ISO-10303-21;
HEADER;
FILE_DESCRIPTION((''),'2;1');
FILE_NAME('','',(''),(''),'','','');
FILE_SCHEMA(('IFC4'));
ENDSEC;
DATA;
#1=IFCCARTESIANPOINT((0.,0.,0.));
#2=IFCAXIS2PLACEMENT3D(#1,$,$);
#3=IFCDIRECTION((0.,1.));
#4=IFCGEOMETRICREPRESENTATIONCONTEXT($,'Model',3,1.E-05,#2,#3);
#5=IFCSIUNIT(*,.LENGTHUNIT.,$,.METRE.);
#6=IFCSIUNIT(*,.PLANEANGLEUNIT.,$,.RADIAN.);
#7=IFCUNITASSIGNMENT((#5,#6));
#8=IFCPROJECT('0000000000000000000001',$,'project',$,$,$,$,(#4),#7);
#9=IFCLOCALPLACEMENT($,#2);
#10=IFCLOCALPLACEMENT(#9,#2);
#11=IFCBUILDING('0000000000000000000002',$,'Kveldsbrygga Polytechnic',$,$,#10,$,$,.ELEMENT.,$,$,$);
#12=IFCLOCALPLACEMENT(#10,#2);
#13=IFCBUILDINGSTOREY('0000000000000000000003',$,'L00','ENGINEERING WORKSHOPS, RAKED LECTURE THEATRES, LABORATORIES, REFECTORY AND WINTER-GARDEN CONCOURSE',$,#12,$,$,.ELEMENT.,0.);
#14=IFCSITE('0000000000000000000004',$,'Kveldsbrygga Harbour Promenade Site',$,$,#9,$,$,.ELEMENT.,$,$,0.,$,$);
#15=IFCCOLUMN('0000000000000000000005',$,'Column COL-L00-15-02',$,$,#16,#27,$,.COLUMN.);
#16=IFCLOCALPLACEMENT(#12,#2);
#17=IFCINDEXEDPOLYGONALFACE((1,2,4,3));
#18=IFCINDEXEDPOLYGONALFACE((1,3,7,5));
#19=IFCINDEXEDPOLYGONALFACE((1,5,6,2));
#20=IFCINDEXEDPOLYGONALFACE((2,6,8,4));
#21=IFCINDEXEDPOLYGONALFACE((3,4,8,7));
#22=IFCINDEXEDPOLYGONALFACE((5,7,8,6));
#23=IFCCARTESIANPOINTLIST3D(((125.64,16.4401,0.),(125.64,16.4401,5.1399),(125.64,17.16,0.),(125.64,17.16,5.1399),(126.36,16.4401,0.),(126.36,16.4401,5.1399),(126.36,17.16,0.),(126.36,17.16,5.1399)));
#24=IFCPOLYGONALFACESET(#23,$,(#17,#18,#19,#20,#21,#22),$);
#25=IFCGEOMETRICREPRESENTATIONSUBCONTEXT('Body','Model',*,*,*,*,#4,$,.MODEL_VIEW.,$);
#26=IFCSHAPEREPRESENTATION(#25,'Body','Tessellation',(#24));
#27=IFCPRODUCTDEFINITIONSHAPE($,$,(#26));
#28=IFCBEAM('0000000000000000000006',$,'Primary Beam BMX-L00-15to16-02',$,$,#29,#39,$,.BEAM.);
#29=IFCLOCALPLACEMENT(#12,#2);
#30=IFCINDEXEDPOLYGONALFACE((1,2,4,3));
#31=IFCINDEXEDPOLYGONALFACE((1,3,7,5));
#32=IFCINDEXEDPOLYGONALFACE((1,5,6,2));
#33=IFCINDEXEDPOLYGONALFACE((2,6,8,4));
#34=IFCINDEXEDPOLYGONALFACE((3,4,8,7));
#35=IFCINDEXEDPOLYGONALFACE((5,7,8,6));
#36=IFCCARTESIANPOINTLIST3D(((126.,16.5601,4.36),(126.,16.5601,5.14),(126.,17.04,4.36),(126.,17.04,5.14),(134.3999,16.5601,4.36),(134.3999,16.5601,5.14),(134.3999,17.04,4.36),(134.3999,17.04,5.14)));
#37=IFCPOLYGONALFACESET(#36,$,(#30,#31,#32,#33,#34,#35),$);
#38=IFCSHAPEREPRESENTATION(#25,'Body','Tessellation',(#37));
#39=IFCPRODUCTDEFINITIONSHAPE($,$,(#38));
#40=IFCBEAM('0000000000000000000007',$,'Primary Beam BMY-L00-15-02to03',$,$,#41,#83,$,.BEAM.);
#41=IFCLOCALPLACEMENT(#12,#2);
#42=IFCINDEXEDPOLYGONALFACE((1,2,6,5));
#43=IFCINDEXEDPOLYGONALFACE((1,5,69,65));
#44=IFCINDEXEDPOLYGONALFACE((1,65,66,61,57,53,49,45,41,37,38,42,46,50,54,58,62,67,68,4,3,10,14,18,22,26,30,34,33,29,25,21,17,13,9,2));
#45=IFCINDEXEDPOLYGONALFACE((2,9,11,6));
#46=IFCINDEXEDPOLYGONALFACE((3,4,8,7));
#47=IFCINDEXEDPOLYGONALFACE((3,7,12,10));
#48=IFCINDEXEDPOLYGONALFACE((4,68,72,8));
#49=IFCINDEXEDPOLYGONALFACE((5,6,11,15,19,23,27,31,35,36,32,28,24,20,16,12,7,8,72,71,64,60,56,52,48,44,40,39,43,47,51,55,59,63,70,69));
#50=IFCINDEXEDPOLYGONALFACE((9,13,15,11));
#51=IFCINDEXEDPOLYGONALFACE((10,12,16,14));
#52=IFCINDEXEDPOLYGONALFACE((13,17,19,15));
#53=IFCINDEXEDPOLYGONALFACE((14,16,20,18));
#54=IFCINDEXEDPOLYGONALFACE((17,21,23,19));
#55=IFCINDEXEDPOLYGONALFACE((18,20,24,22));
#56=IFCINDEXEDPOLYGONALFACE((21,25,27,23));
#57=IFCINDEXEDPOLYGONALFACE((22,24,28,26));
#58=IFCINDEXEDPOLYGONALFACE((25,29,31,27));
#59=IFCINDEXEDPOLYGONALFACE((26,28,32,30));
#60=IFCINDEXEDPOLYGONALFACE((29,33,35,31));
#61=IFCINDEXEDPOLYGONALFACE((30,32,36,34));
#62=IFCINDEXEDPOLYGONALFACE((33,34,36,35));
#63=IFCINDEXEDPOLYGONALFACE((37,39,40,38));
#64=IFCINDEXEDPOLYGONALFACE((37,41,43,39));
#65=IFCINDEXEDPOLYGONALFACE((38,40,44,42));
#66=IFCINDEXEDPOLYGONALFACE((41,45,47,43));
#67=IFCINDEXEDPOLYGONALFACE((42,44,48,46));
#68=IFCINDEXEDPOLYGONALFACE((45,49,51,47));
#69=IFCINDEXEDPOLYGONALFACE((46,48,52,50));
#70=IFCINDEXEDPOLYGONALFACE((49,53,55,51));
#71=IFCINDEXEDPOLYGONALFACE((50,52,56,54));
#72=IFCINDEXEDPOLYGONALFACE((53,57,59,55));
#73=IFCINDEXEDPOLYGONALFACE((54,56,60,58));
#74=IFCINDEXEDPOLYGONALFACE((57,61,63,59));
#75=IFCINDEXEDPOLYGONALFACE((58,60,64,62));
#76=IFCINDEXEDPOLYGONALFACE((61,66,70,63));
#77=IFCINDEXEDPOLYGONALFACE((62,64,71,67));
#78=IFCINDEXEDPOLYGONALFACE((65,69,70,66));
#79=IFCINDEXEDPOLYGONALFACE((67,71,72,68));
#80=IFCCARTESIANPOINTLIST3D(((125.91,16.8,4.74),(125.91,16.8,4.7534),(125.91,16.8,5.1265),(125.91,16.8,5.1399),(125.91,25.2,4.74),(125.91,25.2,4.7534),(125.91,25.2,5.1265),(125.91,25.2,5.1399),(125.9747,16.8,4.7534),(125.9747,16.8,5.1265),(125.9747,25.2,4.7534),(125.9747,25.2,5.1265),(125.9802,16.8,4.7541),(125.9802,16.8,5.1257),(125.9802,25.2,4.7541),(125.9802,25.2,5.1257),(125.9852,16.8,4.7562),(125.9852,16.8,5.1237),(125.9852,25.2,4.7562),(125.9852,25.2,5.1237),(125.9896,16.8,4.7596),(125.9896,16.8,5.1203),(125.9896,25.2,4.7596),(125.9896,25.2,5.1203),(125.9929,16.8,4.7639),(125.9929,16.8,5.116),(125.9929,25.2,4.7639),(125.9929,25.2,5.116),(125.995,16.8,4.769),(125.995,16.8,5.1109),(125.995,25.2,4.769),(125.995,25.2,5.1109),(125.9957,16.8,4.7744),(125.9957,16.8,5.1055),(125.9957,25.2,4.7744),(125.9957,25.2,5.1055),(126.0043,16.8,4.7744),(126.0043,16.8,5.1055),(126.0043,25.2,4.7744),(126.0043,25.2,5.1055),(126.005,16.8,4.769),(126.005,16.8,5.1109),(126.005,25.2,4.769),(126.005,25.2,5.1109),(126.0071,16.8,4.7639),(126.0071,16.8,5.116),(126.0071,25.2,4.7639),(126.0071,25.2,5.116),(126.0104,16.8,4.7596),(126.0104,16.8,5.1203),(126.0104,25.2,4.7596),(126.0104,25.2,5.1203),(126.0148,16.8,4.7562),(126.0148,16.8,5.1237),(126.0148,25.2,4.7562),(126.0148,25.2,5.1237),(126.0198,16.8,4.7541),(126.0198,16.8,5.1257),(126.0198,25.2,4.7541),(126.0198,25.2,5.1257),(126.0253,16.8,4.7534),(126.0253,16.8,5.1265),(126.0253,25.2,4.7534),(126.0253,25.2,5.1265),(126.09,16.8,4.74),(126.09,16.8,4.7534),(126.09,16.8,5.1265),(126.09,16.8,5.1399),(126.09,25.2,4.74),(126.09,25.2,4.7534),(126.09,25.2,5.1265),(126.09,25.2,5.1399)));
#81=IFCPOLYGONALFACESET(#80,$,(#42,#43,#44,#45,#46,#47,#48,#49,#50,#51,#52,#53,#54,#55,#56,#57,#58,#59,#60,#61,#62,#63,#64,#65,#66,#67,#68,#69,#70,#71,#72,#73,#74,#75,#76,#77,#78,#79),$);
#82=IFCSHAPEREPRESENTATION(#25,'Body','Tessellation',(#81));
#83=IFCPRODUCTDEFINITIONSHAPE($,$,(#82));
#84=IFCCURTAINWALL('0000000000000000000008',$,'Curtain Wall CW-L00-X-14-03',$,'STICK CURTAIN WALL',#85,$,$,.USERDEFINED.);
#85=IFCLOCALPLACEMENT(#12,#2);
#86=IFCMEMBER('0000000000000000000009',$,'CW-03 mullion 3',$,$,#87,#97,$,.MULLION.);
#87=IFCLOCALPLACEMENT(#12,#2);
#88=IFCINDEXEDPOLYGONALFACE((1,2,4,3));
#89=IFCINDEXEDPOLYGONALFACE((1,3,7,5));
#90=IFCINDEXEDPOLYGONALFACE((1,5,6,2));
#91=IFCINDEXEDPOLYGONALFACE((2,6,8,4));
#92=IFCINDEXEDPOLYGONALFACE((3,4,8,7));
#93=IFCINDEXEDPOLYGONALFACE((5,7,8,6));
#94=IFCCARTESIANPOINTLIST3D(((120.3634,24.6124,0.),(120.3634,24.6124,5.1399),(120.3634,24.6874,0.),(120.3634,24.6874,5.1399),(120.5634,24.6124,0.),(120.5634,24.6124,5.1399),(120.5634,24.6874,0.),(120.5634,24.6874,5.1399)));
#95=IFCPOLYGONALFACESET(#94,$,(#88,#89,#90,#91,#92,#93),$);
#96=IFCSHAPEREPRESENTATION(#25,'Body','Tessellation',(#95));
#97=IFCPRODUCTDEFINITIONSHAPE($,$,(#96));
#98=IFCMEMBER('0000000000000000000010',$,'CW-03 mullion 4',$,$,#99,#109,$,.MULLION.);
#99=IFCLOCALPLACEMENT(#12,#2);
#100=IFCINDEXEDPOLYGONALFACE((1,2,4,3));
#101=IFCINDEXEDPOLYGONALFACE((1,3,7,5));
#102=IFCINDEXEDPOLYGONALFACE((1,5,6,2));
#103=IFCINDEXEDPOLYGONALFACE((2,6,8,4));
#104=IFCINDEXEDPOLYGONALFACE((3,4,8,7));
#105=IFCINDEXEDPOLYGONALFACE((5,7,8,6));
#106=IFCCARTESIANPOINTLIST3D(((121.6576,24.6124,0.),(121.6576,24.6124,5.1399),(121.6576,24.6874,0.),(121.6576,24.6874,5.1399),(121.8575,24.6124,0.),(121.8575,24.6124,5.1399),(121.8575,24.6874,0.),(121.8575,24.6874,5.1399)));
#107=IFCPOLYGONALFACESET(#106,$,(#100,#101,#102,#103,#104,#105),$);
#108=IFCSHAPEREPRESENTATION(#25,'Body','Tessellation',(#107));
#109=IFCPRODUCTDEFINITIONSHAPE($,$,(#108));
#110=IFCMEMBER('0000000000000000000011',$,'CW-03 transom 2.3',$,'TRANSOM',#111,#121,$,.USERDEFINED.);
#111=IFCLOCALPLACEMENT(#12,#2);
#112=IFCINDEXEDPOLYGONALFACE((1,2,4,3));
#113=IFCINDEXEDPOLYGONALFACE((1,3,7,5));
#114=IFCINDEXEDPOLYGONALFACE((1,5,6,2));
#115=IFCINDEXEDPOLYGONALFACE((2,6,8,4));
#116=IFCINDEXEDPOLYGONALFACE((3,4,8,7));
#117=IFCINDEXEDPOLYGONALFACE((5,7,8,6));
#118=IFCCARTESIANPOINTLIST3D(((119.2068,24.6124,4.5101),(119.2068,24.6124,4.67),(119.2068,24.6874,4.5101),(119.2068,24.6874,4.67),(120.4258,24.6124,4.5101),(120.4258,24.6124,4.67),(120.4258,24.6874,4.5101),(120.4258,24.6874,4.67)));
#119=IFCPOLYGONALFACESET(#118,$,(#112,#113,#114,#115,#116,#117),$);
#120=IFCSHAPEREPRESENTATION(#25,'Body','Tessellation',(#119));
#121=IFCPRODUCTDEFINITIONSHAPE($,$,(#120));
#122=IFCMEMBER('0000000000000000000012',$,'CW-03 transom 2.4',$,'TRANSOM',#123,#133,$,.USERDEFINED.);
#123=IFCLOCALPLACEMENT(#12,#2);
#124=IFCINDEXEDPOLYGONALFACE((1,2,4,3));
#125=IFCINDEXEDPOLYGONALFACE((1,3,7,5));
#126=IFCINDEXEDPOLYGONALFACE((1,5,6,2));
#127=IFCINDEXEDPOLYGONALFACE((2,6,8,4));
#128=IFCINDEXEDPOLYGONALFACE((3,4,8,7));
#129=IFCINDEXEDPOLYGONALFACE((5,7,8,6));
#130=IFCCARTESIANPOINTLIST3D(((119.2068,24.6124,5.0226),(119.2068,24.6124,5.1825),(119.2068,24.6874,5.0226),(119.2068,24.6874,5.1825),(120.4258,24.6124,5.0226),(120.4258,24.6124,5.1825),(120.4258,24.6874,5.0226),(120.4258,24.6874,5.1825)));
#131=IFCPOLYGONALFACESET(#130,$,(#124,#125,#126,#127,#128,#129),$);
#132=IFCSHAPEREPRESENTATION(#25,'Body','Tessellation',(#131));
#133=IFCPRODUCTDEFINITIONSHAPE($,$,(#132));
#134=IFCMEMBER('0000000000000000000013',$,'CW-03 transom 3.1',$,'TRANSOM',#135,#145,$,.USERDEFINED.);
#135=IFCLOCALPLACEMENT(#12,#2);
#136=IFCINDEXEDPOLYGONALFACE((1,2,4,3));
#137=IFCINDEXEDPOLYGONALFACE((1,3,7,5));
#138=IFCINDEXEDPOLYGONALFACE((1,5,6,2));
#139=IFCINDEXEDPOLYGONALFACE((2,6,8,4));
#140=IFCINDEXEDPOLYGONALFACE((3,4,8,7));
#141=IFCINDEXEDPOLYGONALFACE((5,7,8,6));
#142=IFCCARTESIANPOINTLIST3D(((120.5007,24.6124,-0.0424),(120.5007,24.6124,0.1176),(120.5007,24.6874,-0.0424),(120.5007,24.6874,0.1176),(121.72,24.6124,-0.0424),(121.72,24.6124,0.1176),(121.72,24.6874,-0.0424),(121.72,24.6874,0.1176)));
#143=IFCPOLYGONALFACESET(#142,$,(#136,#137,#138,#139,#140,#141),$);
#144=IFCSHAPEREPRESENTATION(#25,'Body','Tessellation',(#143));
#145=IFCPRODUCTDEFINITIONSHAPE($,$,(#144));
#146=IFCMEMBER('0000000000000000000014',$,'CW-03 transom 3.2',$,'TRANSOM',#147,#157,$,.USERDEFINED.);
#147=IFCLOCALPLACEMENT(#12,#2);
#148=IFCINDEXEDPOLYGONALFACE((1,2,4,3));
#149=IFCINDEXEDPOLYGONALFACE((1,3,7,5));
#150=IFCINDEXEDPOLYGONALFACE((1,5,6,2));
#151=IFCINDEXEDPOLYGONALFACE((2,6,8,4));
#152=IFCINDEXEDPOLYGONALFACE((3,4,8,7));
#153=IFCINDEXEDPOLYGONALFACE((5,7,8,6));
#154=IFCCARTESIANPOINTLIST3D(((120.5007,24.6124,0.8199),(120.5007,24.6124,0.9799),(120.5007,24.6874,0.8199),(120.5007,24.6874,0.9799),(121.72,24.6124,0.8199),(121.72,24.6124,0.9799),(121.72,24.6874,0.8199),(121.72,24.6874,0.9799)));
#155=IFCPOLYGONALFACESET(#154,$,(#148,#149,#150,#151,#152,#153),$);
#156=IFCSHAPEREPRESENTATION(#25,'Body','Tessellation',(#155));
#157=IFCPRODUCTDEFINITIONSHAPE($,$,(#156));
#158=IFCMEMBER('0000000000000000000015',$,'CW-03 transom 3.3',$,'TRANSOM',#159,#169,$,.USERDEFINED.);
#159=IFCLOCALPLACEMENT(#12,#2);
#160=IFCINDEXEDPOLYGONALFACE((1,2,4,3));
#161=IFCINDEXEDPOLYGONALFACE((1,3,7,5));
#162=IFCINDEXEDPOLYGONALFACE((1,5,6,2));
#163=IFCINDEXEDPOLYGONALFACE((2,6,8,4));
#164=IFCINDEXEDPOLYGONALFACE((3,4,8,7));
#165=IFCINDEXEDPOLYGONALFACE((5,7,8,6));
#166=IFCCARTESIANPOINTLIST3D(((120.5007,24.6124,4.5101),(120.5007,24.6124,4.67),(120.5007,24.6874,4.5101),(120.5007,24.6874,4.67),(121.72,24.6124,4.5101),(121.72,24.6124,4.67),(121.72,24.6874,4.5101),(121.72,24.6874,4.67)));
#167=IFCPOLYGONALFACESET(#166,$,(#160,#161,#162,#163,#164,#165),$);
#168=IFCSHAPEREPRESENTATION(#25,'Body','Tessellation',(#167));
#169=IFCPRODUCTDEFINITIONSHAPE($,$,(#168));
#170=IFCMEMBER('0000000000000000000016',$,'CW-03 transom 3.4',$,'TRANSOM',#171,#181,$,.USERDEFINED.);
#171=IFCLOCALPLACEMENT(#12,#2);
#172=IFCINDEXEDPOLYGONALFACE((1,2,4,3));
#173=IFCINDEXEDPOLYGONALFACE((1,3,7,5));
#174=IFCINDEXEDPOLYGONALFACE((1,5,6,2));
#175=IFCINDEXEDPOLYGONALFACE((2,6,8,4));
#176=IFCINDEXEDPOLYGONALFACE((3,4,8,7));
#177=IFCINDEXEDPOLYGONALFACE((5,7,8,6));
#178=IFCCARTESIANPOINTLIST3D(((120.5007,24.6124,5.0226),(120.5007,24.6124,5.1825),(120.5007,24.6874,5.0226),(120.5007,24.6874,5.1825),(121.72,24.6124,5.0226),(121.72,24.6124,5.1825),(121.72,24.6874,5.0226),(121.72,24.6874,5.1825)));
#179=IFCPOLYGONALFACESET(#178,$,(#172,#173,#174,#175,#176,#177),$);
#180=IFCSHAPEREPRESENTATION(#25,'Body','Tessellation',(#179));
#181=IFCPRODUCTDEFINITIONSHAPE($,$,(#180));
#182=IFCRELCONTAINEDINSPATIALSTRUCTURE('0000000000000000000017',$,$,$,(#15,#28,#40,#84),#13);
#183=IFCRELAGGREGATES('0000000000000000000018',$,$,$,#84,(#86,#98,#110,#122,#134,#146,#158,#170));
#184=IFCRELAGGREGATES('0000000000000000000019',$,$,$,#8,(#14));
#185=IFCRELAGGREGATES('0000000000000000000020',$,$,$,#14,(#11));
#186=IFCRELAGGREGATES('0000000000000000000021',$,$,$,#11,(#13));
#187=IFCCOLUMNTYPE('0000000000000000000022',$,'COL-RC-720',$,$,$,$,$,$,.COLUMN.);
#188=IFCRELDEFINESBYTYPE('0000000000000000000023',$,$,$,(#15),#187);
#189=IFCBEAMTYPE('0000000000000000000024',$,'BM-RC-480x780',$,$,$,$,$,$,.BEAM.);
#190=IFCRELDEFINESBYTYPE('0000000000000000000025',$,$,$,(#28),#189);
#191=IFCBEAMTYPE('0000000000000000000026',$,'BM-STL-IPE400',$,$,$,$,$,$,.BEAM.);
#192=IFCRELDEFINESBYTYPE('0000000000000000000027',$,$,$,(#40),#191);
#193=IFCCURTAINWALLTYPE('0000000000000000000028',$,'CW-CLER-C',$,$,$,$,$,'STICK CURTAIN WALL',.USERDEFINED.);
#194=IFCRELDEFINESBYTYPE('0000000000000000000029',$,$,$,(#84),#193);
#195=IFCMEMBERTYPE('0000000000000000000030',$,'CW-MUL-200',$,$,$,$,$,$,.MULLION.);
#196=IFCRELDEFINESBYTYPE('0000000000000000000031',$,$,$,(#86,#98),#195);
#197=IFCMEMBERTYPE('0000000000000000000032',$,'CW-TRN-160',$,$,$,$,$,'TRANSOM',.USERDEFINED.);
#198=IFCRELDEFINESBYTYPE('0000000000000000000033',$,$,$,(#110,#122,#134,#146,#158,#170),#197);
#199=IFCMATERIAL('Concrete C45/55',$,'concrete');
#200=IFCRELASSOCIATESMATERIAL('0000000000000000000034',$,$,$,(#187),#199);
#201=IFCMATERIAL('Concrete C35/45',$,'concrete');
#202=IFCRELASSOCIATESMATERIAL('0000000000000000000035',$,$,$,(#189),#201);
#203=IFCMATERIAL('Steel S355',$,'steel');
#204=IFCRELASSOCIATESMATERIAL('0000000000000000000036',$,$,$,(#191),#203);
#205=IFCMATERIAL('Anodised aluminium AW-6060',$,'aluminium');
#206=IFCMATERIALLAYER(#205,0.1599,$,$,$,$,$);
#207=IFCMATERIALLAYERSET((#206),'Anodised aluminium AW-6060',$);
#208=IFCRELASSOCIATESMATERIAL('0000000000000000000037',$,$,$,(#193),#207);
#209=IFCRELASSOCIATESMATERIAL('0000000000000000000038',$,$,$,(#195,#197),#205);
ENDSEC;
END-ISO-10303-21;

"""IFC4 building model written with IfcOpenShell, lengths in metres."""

from ifc_helpers import new_model, si_unit, direction, frame, origin, origin_2d, place, context, subcontext, project, spatial, rectangle, i_section, extrude, material, layer, layer_set, material_profile, profile_set, type_object, element, aggregate, save


model = new_model("IFC4")

# Units and contexts
model_context = context("Model", 3, precision=1e-05, world=origin(), true_north=direction((0.0, 1.0)))
body_context = subcontext(model_context, "Body", "Model", "MODEL_VIEW")
ifc_project = project(units=[si_unit("LENGTHUNIT", "METRE"), si_unit("PLANEANGLEUNIT", "RADIAN")], contexts=[model_context])

# Site, building, storey
site_placement = place(None, origin())
site = spatial("IfcSite", under=ifc_project, at=site_placement, Name="Kveldsbrygga Harbour Promenade Site", CompositionType="ELEMENT", RefElevation=0.0)
building_placement = place(site_placement, origin())
building = spatial("IfcBuilding", under=site, at=building_placement, Name="Kveldsbrygga Polytechnic", CompositionType="ELEMENT")
storey_placement = place(building_placement, origin())
storey = spatial("IfcBuildingStorey", under=building, at=storey_placement, Name="L00", Description="ENGINEERING WORKSHOPS, RAKED LECTURE THEATRES, LABORATORIES, REFECTORY AND WINTER-GARDEN CONCOURSE", CompositionType="ELEMENT", Elevation=0.0)

# Column
ifc_material_1 = material(Name="Concrete C45/55", Category="concrete")
ifc_material_profile_1 = material_profile(ifc_material_1, rectangle(XDim=0.72, YDim=0.72, at=origin_2d()), Name="RC 720x720")
ifc_profile_set_1 = profile_set([ifc_material_profile_1], Name="Concrete C45/55")
column_type = type_object("IfcColumnType", Name="COL-RC-720", PredefinedType="COLUMN", material=ifc_profile_set_1)
column_placement = place(storey_placement, frame((126.0, 16.8, 0.0), z_axis=(0.0, 0.0, 1.0), x_axis=(1.0, 0.0, 0.0)))
element("IfcColumn", 1, at=column_placement, inside=storey, type_object=column_type, Name="Column COL-L00-15-02", PredefinedType="COLUMN", context=body_context, shape_type="SweptSolid", body=[
    extrude(rectangle(XDim=0.72, YDim=0.72, at=origin_2d()), origin(), (0.0, 0.0, 1.0), 5.1399),
])

# Beams
ifc_material_2 = material(Name="Concrete C35/45", Category="concrete")
ifc_material_profile_2 = material_profile(ifc_material_2, rectangle(XDim=0.48, YDim=0.78, at=origin_2d()), Name="RC 480x780")
ifc_profile_set_2 = profile_set([ifc_material_profile_2], Name="Concrete C35/45")
beam_type_1 = type_object("IfcBeamType", Name="BM-RC-480x780", PredefinedType="BEAM", material=ifc_profile_set_2)
beam_1_placement = place(storey_placement, frame((126.0, 16.8, 4.75), z_axis=(1.0, 0.0, 0.0), x_axis=(0.0, 1.0, 0.0)))
element("IfcBeam", 2, at=beam_1_placement, inside=storey, type_object=beam_type_1, Name="Primary Beam BMX-L00-15to16-02", PredefinedType="BEAM", context=body_context, shape_type="SweptSolid", body=[
    extrude(rectangle(XDim=0.48, YDim=0.78, at=origin_2d()), origin(), (0.0, 0.0, 1.0), 8.3999),
])
ifc_material_3 = material(Name="Steel S355", Category="steel")
ifc_material_profile_3 = material_profile(ifc_material_3, i_section(OverallWidth=0.1799, OverallDepth=0.3999, WebThickness=0.0085, FlangeThickness=0.0134, FilletRadius=0.021, at=origin_2d()), Name="IPE 400")
ifc_profile_set_3 = profile_set([ifc_material_profile_3], Name="Steel S355")
beam_type_2 = type_object("IfcBeamType", Name="BM-STL-IPE400", PredefinedType="BEAM", material=ifc_profile_set_3)
beam_2_placement = place(storey_placement, frame((126.0, 16.8, 4.9399), z_axis=(0.0, 1.0, 0.0), x_axis=(-1.0, 0.0, 0.0)))
element("IfcBeam", 3, at=beam_2_placement, inside=storey, type_object=beam_type_2, Name="Primary Beam BMY-L00-15-02to03", PredefinedType="BEAM", context=body_context, shape_type="SweptSolid", body=[
    extrude(i_section(OverallWidth=0.1799, OverallDepth=0.3999, WebThickness=0.0085, FlangeThickness=0.0134, FilletRadius=0.021, at=origin_2d()), origin(), (0.0, 0.0, 1.0), 8.3999),
])

# Curtain wall, members
ifc_material_4 = material(Name="Anodised aluminium AW-6060", Category="aluminium")
ifc_layer_1 = layer(ifc_material_4, 0.1599)
ifc_layer_set_1 = layer_set([ifc_layer_1], Name="Anodised aluminium AW-6060")
curtain_wall_type = type_object("IfcCurtainWallType", Name="CW-CLER-C", ElementType="STICK CURTAIN WALL", PredefinedType="USERDEFINED", material=ifc_layer_set_1)
curtain_wall_placement = place(storey_placement, origin())
curtain_wall = element("IfcCurtainWall", 4, at=curtain_wall_placement, inside=storey, type_object=curtain_wall_type, Name="Curtain Wall CW-L00-X-14-03", ObjectType="STICK CURTAIN WALL", PredefinedType="USERDEFINED")
ifc_material_profile_4 = material_profile(ifc_material_4, rectangle(XDim=0.075, YDim=0.2, at=origin_2d()), Name="ALU 75x200")
ifc_profile_set_4 = profile_set([ifc_material_profile_4], Name="Anodised aluminium AW-6060")
member_type_1 = type_object("IfcMemberType", Name="CW-MUL-200", PredefinedType="MULLION", material=ifc_profile_set_4)
member_1_placement = place(storey_placement, frame((120.4634, 24.6499, 0.0), z_axis=(0.0, 0.0, 1.0), x_axis=(0.0, 1.0, 0.0)))
member_1 = element("IfcMember", 5, at=member_1_placement, type_object=member_type_1, Name="CW-03 mullion 3", PredefinedType="MULLION", context=body_context, shape_type="SweptSolid", body=[
    extrude(rectangle(XDim=0.075, YDim=0.2, at=origin_2d()), origin(), (0.0, 0.0, 1.0), 5.1399),
])
member_2_placement = place(storey_placement, frame((121.7576, 24.6499, 0.0), z_axis=(0.0, 0.0, 1.0), x_axis=(0.0, 1.0, 0.0)))
member_2 = element("IfcMember", 6, at=member_2_placement, type_object=member_type_1, Name="CW-03 mullion 4", PredefinedType="MULLION", context=body_context, shape_type="SweptSolid", body=[
    extrude(rectangle(XDim=0.075, YDim=0.2, at=origin_2d()), origin(), (0.0, 0.0, 1.0), 5.1399),
])
ifc_material_profile_5 = material_profile(ifc_material_4, rectangle(XDim=0.075, YDim=0.1599, at=origin_2d()), Name="ALU 75x160")
ifc_profile_set_5 = profile_set([ifc_material_profile_5], Name="Anodised aluminium AW-6060")
member_type_2 = type_object("IfcMemberType", Name="CW-TRN-160", ElementType="TRANSOM", PredefinedType="USERDEFINED", material=ifc_profile_set_5)
member_3_placement = place(storey_placement, frame((119.2068, 24.6499, 4.5901), z_axis=(1.0, 0.0, 0.0), x_axis=(0.0, 1.0, 0.0)))
member_3 = element("IfcMember", 7, at=member_3_placement, type_object=member_type_2, Name="CW-03 transom 2.3", ObjectType="TRANSOM", PredefinedType="USERDEFINED", context=body_context, shape_type="SweptSolid", body=[
    extrude(rectangle(XDim=0.075, YDim=0.1599, at=origin_2d()), origin(), (0.0, 0.0, 1.0), 1.219),
])
member_4_placement = place(storey_placement, frame((119.2068, 24.6499, 5.1025), z_axis=(1.0, 0.0, 0.0), x_axis=(0.0, 1.0, 0.0)))
member_4 = element("IfcMember", 8, at=member_4_placement, type_object=member_type_2, Name="CW-03 transom 2.4", ObjectType="TRANSOM", PredefinedType="USERDEFINED", context=body_context, shape_type="SweptSolid", body=[
    extrude(rectangle(XDim=0.075, YDim=0.1599, at=origin_2d()), origin(), (0.0, 0.0, 1.0), 1.219),
])
member_5_placement = place(storey_placement, frame((120.5007, 24.6499, 0.0376), z_axis=(1.0, 0.0, 0.0), x_axis=(0.0, 1.0, 0.0)))
member_5 = element("IfcMember", 9, at=member_5_placement, type_object=member_type_2, Name="CW-03 transom 3.1", ObjectType="TRANSOM", PredefinedType="USERDEFINED", context=body_context, shape_type="SweptSolid", body=[
    extrude(rectangle(XDim=0.075, YDim=0.1599, at=origin_2d()), origin(), (0.0, 0.0, 1.0), 1.2192),
])
member_6_placement = place(storey_placement, frame((120.5007, 24.6499, 0.8999), z_axis=(1.0, 0.0, 0.0), x_axis=(0.0, 1.0, 0.0)))
member_6 = element("IfcMember", 10, at=member_6_placement, type_object=member_type_2, Name="CW-03 transom 3.2", ObjectType="TRANSOM", PredefinedType="USERDEFINED", context=body_context, shape_type="SweptSolid", body=[
    extrude(rectangle(XDim=0.075, YDim=0.1599, at=origin_2d()), origin(), (0.0, 0.0, 1.0), 1.2192),
])
member_7_placement = place(storey_placement, frame((120.5007, 24.6499, 4.5901), z_axis=(1.0, 0.0, 0.0), x_axis=(0.0, 1.0, 0.0)))
member_7 = element("IfcMember", 11, at=member_7_placement, type_object=member_type_2, Name="CW-03 transom 3.3", ObjectType="TRANSOM", PredefinedType="USERDEFINED", context=body_context, shape_type="SweptSolid", body=[
    extrude(rectangle(XDim=0.075, YDim=0.1599, at=origin_2d()), origin(), (0.0, 0.0, 1.0), 1.2192),
])
member_8_placement = place(storey_placement, frame((120.5007, 24.6499, 5.1025), z_axis=(1.0, 0.0, 0.0), x_axis=(0.0, 1.0, 0.0)))
member_8 = element("IfcMember", 12, at=member_8_placement, type_object=member_type_2, Name="CW-03 transom 3.4", ObjectType="TRANSOM", PredefinedType="USERDEFINED", context=body_context, shape_type="SweptSolid", body=[
    extrude(rectangle(XDim=0.075, YDim=0.1599, at=origin_2d()), origin(), (0.0, 0.0, 1.0), 1.2192),
])

aggregate(curtain_wall, [member_1, member_2, member_3, member_4, member_5, member_6, member_7, member_8])

save(model, "model.ifc")
